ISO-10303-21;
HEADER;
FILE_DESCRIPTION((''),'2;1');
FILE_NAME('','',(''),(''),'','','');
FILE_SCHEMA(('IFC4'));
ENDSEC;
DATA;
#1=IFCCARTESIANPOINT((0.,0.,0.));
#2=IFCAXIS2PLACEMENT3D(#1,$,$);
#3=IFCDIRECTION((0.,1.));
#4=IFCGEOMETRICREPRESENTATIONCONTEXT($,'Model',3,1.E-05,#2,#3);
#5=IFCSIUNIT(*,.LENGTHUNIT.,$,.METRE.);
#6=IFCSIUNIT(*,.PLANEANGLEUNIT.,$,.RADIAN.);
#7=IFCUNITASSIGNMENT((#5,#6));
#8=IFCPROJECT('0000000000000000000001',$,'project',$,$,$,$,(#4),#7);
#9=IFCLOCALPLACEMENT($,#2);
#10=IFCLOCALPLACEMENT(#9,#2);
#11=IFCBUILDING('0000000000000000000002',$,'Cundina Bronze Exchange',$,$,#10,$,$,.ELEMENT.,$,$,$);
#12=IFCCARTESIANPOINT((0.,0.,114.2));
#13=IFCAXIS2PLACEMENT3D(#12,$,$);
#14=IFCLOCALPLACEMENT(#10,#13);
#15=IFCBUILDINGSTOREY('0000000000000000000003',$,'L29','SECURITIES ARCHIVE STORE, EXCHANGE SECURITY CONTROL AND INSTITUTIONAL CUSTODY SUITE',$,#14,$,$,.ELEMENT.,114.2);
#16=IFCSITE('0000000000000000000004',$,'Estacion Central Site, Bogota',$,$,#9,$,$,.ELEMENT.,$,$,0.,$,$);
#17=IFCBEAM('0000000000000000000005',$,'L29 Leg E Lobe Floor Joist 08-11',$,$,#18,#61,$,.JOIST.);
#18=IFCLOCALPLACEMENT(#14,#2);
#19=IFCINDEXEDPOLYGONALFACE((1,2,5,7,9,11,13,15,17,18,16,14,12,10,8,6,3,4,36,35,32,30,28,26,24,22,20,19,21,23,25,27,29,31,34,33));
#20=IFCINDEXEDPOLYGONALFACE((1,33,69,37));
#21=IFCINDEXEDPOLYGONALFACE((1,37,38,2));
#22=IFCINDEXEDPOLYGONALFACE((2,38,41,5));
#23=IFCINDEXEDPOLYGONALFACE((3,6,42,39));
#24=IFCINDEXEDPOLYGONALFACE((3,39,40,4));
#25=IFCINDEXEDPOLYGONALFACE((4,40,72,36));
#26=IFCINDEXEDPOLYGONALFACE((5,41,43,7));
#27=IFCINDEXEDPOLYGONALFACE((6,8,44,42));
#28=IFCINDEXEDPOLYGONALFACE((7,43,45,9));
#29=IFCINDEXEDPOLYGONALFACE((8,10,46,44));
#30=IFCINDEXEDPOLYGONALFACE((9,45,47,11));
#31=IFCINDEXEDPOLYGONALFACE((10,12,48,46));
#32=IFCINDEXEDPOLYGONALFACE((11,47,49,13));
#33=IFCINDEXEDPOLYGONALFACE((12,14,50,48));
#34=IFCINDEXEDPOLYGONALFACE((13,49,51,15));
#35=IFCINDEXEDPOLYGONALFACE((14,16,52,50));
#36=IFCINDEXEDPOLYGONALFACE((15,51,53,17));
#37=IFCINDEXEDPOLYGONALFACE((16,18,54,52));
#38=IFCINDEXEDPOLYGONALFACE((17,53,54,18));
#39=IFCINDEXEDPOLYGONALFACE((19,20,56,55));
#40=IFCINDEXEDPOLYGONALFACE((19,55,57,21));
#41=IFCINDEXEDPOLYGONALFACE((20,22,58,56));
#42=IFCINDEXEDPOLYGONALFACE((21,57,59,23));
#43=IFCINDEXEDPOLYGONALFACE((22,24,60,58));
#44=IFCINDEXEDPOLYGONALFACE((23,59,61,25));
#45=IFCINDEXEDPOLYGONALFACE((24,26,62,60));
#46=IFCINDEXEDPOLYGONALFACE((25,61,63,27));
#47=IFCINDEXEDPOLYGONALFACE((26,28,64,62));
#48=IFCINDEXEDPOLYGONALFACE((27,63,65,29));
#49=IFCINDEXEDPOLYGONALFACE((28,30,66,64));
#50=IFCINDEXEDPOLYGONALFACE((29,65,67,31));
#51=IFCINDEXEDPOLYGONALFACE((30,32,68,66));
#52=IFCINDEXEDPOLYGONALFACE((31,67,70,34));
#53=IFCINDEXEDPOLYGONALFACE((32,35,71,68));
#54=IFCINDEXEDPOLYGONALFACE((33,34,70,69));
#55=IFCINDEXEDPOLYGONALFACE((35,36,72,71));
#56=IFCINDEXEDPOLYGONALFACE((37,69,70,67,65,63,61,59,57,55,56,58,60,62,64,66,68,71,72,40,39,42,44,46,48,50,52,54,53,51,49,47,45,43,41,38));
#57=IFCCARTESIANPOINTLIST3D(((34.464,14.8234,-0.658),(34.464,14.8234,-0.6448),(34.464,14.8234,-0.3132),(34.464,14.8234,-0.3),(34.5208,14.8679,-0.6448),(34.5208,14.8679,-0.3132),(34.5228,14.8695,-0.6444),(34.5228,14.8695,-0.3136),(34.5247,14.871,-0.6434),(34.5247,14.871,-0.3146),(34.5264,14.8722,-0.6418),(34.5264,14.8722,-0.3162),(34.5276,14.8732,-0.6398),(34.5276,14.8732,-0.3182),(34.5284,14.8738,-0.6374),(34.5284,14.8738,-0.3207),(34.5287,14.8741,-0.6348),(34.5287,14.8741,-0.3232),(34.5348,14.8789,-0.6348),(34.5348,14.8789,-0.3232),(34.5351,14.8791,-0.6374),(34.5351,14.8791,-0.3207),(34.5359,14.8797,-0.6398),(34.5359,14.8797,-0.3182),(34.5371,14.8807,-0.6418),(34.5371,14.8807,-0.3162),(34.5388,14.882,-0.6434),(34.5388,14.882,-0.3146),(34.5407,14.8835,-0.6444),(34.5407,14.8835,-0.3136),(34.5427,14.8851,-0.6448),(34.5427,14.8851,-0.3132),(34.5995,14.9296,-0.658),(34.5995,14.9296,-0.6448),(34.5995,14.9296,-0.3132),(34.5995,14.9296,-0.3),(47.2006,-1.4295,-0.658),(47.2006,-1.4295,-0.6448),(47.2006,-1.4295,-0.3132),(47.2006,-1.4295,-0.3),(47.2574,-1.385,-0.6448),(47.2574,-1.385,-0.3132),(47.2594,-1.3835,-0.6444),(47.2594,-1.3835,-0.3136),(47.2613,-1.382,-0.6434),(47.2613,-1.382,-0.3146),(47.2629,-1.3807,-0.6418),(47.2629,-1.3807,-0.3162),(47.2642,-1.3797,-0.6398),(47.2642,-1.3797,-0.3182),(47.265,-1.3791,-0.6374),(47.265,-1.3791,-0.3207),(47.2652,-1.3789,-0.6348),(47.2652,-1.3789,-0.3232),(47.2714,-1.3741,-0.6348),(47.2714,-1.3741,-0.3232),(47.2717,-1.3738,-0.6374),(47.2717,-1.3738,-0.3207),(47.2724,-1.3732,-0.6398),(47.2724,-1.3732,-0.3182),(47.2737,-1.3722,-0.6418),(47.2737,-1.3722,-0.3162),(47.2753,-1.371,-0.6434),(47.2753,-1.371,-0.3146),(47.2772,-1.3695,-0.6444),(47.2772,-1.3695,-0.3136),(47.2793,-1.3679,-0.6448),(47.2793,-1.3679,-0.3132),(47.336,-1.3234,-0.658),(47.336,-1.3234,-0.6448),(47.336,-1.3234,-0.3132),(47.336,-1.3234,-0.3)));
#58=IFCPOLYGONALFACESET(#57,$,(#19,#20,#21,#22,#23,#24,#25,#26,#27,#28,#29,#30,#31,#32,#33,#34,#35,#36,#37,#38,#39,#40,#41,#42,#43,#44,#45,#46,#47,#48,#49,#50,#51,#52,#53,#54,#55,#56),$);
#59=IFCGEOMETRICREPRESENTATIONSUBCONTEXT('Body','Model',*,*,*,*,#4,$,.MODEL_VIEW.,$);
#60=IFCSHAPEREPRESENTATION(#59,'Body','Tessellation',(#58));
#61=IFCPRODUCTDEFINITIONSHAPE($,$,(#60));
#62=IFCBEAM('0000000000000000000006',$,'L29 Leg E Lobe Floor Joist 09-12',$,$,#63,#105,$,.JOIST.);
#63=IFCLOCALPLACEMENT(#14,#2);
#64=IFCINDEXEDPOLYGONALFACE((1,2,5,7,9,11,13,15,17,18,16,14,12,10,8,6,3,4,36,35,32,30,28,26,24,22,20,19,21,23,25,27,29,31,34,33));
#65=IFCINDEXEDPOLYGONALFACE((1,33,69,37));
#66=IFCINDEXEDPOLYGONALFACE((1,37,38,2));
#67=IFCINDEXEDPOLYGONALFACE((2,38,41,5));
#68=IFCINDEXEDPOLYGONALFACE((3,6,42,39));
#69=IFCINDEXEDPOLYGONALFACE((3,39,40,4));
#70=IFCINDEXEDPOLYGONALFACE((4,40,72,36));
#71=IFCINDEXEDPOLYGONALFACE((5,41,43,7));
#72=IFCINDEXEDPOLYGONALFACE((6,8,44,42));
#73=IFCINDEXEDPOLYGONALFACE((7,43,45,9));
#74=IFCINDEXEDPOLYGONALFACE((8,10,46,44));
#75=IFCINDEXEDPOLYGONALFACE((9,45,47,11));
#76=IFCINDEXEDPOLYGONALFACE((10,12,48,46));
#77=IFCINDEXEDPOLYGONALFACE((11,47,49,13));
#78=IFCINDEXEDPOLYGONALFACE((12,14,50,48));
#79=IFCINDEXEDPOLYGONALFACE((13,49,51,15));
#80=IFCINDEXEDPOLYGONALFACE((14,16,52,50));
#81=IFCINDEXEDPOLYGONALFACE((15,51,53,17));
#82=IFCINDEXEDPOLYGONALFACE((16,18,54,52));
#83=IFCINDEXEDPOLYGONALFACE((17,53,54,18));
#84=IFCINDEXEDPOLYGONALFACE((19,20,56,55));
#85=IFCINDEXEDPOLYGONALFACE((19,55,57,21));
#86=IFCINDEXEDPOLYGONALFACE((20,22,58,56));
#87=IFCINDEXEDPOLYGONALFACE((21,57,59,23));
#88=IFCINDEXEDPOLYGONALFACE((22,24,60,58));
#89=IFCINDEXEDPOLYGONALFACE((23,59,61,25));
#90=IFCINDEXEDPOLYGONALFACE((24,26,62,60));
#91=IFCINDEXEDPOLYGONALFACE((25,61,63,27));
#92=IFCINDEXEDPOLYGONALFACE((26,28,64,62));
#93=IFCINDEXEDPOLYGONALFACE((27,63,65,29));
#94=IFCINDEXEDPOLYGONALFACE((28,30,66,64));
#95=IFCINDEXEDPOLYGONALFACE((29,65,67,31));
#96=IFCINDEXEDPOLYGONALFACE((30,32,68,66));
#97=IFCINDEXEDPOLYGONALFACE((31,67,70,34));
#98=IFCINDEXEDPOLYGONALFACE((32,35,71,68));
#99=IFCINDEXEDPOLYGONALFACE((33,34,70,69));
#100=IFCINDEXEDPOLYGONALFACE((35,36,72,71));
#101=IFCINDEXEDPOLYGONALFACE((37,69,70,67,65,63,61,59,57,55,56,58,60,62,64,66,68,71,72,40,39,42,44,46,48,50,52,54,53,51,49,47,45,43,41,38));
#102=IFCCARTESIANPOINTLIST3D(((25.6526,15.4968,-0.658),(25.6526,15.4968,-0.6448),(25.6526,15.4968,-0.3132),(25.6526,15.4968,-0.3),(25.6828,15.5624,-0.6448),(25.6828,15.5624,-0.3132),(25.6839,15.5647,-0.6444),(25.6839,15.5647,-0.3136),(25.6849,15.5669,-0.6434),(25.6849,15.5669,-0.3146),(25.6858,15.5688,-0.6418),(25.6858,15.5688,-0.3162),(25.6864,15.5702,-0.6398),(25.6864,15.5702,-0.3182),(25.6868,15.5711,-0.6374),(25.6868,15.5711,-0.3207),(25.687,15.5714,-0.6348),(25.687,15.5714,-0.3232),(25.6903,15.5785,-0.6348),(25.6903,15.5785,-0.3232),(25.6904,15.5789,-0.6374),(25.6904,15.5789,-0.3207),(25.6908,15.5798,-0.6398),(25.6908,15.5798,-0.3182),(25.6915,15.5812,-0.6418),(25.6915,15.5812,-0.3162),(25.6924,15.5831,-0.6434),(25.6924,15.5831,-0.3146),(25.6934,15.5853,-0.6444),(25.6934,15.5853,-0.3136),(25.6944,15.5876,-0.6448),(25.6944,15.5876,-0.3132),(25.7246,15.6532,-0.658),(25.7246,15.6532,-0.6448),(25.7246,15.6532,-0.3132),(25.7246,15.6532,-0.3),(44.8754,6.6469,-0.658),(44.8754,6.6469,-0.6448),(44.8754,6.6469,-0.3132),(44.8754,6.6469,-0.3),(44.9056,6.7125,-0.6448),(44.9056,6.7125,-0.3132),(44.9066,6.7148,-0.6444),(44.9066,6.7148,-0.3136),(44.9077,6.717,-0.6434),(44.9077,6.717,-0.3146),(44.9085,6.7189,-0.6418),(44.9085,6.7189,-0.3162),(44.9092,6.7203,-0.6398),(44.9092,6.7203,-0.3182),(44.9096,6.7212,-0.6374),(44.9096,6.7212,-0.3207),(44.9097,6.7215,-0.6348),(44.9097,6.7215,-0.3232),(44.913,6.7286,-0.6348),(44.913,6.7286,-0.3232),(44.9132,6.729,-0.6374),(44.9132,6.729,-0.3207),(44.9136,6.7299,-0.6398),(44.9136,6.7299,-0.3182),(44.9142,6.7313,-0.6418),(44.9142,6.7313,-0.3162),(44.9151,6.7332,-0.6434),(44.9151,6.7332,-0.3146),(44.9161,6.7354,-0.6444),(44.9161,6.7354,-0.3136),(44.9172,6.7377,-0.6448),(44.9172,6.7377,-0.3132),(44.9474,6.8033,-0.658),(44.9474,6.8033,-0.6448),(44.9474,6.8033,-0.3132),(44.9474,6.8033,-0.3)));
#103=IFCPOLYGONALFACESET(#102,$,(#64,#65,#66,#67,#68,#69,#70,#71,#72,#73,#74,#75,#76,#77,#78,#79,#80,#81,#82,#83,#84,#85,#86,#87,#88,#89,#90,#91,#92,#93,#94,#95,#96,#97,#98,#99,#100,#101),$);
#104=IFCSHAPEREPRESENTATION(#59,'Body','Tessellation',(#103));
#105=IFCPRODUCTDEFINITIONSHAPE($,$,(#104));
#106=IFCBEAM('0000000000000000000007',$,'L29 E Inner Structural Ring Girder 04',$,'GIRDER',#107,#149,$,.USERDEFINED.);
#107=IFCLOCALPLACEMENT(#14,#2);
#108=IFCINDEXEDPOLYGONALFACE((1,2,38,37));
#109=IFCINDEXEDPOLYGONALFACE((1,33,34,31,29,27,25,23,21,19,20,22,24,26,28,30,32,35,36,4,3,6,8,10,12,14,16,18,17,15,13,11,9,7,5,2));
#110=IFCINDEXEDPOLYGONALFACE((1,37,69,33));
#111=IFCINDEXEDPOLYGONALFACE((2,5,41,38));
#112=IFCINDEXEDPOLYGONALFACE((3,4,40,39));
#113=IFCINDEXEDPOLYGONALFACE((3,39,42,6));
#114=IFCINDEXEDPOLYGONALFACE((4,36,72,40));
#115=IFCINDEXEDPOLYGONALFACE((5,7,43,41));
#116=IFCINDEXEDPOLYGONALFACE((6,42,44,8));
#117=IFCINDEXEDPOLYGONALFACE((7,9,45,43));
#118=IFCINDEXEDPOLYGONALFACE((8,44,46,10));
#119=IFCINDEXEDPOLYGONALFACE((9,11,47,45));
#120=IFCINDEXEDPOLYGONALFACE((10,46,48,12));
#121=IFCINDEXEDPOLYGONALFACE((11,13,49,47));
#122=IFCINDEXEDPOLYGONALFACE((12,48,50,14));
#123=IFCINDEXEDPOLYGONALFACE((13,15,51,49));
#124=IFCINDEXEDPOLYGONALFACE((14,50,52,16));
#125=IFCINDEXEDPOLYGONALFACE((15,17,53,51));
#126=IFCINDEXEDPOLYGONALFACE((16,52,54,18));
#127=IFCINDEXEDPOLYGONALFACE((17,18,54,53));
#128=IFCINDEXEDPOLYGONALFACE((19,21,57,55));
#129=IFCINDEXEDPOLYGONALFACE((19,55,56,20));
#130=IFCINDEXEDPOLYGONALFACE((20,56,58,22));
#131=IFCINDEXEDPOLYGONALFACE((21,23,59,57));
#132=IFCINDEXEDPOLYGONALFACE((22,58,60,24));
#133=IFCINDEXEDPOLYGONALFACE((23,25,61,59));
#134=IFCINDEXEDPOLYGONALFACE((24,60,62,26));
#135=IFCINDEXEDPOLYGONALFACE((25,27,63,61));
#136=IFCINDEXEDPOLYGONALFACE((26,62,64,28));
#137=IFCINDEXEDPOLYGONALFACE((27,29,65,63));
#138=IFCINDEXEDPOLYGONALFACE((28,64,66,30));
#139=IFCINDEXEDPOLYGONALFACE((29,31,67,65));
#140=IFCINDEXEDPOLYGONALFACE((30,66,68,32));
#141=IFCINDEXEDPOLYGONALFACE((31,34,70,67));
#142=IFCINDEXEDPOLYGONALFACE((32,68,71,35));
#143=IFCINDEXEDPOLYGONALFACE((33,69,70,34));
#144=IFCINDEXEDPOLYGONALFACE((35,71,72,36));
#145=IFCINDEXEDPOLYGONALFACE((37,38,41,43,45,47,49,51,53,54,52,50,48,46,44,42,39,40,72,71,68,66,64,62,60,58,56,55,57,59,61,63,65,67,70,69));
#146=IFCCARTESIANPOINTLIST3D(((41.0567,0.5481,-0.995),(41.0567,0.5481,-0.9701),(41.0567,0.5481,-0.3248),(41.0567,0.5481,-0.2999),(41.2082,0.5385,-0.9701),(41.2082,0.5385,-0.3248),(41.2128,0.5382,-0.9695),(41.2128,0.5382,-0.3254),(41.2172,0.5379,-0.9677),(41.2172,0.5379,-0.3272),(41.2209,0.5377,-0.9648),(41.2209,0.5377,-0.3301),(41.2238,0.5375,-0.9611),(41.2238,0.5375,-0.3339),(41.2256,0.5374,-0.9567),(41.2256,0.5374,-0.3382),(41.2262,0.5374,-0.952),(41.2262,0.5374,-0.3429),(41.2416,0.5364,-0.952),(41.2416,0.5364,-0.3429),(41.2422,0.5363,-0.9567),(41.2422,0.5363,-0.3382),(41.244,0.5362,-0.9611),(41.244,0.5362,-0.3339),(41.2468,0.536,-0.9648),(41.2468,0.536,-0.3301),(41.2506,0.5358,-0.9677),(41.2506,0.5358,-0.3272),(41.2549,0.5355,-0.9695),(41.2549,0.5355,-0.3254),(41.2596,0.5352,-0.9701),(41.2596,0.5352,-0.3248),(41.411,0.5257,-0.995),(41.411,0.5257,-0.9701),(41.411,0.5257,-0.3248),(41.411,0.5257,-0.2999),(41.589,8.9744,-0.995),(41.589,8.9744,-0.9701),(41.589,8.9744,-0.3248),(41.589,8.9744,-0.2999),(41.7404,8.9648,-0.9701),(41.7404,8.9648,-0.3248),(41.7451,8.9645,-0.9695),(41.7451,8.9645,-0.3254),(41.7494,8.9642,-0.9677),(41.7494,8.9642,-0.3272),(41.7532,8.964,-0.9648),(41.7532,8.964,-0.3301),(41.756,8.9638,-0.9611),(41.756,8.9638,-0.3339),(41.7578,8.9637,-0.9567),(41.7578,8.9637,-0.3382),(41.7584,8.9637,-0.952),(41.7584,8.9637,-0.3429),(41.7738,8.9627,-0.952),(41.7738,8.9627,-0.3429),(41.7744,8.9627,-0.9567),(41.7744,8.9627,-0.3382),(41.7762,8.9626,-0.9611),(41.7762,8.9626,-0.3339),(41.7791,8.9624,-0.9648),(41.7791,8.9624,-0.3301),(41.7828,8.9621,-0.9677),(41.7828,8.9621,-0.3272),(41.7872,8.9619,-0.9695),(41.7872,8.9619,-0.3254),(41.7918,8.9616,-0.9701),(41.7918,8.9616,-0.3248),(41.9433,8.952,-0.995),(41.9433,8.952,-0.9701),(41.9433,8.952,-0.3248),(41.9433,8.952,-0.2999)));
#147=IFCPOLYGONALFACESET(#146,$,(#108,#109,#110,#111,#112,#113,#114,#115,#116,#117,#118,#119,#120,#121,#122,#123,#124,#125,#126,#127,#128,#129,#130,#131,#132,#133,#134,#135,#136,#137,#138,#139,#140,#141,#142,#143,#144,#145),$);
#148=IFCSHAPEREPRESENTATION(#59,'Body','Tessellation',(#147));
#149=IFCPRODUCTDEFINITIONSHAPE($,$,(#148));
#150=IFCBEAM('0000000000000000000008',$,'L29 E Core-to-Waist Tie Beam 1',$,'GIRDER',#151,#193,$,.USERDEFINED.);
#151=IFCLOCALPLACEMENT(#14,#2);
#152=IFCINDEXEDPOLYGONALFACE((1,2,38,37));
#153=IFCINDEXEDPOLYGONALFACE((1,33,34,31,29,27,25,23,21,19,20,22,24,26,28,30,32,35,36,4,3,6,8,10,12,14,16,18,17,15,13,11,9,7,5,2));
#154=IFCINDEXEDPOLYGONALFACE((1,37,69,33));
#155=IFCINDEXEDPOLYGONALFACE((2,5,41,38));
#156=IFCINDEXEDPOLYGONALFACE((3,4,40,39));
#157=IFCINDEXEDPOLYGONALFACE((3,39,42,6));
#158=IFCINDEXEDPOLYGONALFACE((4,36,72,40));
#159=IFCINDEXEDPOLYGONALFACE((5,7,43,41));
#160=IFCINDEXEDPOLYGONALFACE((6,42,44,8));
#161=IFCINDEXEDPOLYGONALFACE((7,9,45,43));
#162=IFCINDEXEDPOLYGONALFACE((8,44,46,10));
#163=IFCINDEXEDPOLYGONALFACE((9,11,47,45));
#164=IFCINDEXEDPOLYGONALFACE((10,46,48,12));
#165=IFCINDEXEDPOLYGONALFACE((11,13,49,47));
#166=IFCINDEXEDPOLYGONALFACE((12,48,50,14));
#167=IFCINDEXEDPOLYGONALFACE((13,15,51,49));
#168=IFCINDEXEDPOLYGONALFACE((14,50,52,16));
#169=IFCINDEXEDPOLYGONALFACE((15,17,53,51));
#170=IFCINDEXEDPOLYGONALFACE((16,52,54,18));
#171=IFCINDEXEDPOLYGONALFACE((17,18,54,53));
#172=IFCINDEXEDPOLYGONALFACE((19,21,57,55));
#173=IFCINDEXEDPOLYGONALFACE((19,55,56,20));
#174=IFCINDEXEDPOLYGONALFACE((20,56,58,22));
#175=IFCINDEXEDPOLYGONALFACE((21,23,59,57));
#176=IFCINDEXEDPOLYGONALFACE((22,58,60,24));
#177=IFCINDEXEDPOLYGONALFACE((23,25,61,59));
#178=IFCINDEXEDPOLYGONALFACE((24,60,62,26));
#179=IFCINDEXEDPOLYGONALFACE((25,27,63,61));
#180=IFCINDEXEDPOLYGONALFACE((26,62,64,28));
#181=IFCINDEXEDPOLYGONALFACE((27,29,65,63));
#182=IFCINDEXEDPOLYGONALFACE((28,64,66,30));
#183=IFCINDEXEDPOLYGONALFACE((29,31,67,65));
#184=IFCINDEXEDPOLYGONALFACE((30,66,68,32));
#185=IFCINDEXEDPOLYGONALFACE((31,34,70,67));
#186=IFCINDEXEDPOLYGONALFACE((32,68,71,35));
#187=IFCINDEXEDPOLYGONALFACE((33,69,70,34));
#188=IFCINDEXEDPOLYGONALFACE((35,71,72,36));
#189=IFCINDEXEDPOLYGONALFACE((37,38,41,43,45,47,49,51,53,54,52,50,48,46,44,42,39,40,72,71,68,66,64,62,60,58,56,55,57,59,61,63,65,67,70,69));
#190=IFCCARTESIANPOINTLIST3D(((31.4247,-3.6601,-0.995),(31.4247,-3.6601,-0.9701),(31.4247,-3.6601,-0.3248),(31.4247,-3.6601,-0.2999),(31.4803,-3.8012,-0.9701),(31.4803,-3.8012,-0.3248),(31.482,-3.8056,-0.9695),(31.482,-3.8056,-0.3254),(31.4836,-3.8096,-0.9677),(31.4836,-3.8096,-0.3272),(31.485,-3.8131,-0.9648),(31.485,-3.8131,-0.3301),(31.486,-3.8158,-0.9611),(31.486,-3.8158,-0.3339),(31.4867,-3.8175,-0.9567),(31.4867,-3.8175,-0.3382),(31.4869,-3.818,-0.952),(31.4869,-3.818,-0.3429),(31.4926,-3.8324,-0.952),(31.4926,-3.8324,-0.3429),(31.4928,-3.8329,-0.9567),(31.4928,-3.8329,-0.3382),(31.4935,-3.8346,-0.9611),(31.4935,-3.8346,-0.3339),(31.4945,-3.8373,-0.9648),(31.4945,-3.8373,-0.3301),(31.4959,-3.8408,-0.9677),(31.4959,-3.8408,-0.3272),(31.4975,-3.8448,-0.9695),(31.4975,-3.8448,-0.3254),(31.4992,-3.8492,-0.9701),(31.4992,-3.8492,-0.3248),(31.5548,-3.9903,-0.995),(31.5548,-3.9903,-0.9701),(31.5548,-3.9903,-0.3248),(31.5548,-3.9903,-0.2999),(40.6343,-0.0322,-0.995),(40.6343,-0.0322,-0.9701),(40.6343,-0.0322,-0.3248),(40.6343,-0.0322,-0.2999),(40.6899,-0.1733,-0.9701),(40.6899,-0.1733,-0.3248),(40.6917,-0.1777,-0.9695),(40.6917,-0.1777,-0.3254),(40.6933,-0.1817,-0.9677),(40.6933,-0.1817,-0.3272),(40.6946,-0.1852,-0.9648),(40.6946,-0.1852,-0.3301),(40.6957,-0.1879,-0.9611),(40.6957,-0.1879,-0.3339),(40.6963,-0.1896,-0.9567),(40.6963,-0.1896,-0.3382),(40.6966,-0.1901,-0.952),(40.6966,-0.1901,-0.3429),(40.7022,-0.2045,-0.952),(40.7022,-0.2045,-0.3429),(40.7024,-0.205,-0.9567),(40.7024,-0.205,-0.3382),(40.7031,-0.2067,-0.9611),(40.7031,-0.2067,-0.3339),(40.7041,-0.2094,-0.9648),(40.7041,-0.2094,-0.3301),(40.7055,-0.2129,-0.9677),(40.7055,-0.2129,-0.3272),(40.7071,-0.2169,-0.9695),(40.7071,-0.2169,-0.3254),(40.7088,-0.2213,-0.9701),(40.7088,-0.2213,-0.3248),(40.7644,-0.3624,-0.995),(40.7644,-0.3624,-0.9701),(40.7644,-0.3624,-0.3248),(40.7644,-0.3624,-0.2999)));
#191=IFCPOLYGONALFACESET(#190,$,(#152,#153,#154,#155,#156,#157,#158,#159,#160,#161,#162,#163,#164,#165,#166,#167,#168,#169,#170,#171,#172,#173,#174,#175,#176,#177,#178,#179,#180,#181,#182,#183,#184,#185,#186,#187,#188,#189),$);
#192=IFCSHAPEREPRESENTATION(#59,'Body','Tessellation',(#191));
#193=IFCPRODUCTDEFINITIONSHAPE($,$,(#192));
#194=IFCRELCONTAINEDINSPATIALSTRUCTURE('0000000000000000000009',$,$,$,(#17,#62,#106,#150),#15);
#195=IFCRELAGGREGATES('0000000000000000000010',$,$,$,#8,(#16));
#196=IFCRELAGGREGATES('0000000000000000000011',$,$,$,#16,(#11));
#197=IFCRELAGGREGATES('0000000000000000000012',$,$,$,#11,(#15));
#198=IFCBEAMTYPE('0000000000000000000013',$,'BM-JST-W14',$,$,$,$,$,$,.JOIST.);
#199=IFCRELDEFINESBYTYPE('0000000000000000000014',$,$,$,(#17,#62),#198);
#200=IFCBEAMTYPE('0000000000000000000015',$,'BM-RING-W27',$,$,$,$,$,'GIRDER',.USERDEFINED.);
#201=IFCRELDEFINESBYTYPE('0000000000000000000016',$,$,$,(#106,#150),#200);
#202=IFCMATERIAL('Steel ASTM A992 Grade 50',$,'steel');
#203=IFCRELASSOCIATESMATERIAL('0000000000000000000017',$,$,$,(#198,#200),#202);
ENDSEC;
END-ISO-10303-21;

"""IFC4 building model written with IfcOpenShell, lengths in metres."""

from ifc_helpers import new_model, si_unit, direction, frame, origin, origin_2d, place, context, subcontext, project, spatial, i_section, extrude, material, material_profile, profile_set, type_object, element, save


model = new_model("IFC4")

# Units and contexts
model_context = context("Model", 3, precision=1e-05, world=origin(), true_north=direction((0.0, 1.0)))
body_context = subcontext(model_context, "Body", "Model", "MODEL_VIEW")
ifc_project = project(units=[si_unit("LENGTHUNIT", "METRE"), si_unit("PLANEANGLEUNIT", "RADIAN")], contexts=[model_context])

# Site, building, storey
site_placement = place(None, origin())
site = spatial("IfcSite", under=ifc_project, at=site_placement, Name="Estacion Central Site, Bogota", CompositionType="ELEMENT", RefElevation=0.0)
building_placement = place(site_placement, origin())
building = spatial("IfcBuilding", under=site, at=building_placement, Name="Cundina Bronze Exchange", CompositionType="ELEMENT")
storey_placement = place(building_placement, frame((0.0, 0.0, 114.2)))
storey = spatial("IfcBuildingStorey", under=building, at=storey_placement, Name="L29", Description="SECURITIES ARCHIVE STORE, EXCHANGE SECURITY CONTROL AND INSTITUTIONAL CUSTODY SUITE", CompositionType="ELEMENT", Elevation=114.2)

# Shared definitions
ifc_material_1 = material(Name="Steel ASTM A992 Grade 50", Category="steel")

# Beams
ifc_material_profile_1 = material_profile(ifc_material_1, i_section(OverallWidth=0.1721, OverallDepth=0.3579, WebThickness=0.0078, FlangeThickness=0.0132, FilletRadius=0.01, at=origin_2d()), Name="W14X38", Category="steel")
ifc_profile_set_1 = profile_set([ifc_material_profile_1], Name="Steel ASTM A992 Grade 50")
beam_type_1 = type_object("IfcBeamType", Name="BM-JST-W14", PredefinedType="JOIST", material=ifc_profile_set_1)
beam_1_placement = place(storey_placement, frame((47.2683, -1.3765, -0.479), z_axis=(-0.616815, 0.787108, 0.0), x_axis=(-0.787108, -0.616815, 0.0)))
element("IfcBeam", 1, at=beam_1_placement, inside=storey, type_object=beam_type_1, Name="L29 Leg E Lobe Floor Joist 08-11", PredefinedType="JOIST", context=body_context, shape_type="SweptSolid", body=[
    extrude(i_section(OverallWidth=0.1721, OverallDepth=0.3579, WebThickness=0.0078, FlangeThickness=0.0132, FilletRadius=0.01, at=origin_2d()), origin(), (0.0, 0.0, 1.0), 20.6489),
])
beam_2_placement = place(storey_placement, frame((44.9114, 6.7251, -0.479), z_axis=(-0.908357, 0.418195, 0.0), x_axis=(-0.418195, -0.908357, 0.0)))
element("IfcBeam", 2, at=beam_2_placement, inside=storey, type_object=beam_type_1, Name="L29 Leg E Lobe Floor Joist 09-12", PredefinedType="JOIST", context=body_context, shape_type="SweptSolid", body=[
    extrude(i_section(OverallWidth=0.1721, OverallDepth=0.3579, WebThickness=0.0078, FlangeThickness=0.0132, FilletRadius=0.01, at=origin_2d()), origin(), (0.0, 0.0, 1.0), 21.1621),
])
ifc_material_profile_2 = material_profile(ifc_material_1, i_section(OverallWidth=0.355, OverallDepth=0.6951, WebThickness=0.0154, FlangeThickness=0.0249, FilletRadius=0.0181, at=origin_2d()), Name="W27X146", Category="steel")
ifc_profile_set_2 = profile_set([ifc_material_profile_2], Name="Steel ASTM A992 Grade 50")
beam_type_2 = type_object("IfcBeamType", Name="BM-RING-W27", ElementType="GIRDER", PredefinedType="USERDEFINED", material=ifc_profile_set_2)
beam_3_placement = place(storey_placement, frame((41.2339, 0.5369, -0.6475), z_axis=(0.063037, 0.998011, 0.0), x_axis=(-0.998011, 0.063037, 0.0)))
element("IfcBeam", 3, at=beam_3_placement, inside=storey, type_object=beam_type_2, Name="L29 E Inner Structural Ring Girder 04", ObjectType="GIRDER", PredefinedType="USERDEFINED", context=body_context, shape_type="SweptSolid", body=[
    extrude(i_section(OverallWidth=0.355, OverallDepth=0.6951, WebThickness=0.0154, FlangeThickness=0.0249, FilletRadius=0.0181, at=origin_2d()), origin(), (0.0, 0.0, 1.0), 8.4431),
])
beam_4_placement = place(storey_placement, frame((31.4897, -3.8252, -0.6475), z_axis=(0.930413, 0.366512, 0.0), x_axis=(-0.366512, 0.930413, 0.0)))
element("IfcBeam", 4, at=beam_4_placement, inside=storey, type_object=beam_type_2, Name="L29 E Core-to-Waist Tie Beam 1", ObjectType="GIRDER", PredefinedType="USERDEFINED", context=body_context, shape_type="SweptSolid", body=[
    extrude(i_section(OverallWidth=0.355, OverallDepth=0.6951, WebThickness=0.0154, FlangeThickness=0.0249, FilletRadius=0.0181, at=origin_2d()), origin(), (0.0, 0.0, 1.0), 9.8984),
])

save(model, "model.ifc")
